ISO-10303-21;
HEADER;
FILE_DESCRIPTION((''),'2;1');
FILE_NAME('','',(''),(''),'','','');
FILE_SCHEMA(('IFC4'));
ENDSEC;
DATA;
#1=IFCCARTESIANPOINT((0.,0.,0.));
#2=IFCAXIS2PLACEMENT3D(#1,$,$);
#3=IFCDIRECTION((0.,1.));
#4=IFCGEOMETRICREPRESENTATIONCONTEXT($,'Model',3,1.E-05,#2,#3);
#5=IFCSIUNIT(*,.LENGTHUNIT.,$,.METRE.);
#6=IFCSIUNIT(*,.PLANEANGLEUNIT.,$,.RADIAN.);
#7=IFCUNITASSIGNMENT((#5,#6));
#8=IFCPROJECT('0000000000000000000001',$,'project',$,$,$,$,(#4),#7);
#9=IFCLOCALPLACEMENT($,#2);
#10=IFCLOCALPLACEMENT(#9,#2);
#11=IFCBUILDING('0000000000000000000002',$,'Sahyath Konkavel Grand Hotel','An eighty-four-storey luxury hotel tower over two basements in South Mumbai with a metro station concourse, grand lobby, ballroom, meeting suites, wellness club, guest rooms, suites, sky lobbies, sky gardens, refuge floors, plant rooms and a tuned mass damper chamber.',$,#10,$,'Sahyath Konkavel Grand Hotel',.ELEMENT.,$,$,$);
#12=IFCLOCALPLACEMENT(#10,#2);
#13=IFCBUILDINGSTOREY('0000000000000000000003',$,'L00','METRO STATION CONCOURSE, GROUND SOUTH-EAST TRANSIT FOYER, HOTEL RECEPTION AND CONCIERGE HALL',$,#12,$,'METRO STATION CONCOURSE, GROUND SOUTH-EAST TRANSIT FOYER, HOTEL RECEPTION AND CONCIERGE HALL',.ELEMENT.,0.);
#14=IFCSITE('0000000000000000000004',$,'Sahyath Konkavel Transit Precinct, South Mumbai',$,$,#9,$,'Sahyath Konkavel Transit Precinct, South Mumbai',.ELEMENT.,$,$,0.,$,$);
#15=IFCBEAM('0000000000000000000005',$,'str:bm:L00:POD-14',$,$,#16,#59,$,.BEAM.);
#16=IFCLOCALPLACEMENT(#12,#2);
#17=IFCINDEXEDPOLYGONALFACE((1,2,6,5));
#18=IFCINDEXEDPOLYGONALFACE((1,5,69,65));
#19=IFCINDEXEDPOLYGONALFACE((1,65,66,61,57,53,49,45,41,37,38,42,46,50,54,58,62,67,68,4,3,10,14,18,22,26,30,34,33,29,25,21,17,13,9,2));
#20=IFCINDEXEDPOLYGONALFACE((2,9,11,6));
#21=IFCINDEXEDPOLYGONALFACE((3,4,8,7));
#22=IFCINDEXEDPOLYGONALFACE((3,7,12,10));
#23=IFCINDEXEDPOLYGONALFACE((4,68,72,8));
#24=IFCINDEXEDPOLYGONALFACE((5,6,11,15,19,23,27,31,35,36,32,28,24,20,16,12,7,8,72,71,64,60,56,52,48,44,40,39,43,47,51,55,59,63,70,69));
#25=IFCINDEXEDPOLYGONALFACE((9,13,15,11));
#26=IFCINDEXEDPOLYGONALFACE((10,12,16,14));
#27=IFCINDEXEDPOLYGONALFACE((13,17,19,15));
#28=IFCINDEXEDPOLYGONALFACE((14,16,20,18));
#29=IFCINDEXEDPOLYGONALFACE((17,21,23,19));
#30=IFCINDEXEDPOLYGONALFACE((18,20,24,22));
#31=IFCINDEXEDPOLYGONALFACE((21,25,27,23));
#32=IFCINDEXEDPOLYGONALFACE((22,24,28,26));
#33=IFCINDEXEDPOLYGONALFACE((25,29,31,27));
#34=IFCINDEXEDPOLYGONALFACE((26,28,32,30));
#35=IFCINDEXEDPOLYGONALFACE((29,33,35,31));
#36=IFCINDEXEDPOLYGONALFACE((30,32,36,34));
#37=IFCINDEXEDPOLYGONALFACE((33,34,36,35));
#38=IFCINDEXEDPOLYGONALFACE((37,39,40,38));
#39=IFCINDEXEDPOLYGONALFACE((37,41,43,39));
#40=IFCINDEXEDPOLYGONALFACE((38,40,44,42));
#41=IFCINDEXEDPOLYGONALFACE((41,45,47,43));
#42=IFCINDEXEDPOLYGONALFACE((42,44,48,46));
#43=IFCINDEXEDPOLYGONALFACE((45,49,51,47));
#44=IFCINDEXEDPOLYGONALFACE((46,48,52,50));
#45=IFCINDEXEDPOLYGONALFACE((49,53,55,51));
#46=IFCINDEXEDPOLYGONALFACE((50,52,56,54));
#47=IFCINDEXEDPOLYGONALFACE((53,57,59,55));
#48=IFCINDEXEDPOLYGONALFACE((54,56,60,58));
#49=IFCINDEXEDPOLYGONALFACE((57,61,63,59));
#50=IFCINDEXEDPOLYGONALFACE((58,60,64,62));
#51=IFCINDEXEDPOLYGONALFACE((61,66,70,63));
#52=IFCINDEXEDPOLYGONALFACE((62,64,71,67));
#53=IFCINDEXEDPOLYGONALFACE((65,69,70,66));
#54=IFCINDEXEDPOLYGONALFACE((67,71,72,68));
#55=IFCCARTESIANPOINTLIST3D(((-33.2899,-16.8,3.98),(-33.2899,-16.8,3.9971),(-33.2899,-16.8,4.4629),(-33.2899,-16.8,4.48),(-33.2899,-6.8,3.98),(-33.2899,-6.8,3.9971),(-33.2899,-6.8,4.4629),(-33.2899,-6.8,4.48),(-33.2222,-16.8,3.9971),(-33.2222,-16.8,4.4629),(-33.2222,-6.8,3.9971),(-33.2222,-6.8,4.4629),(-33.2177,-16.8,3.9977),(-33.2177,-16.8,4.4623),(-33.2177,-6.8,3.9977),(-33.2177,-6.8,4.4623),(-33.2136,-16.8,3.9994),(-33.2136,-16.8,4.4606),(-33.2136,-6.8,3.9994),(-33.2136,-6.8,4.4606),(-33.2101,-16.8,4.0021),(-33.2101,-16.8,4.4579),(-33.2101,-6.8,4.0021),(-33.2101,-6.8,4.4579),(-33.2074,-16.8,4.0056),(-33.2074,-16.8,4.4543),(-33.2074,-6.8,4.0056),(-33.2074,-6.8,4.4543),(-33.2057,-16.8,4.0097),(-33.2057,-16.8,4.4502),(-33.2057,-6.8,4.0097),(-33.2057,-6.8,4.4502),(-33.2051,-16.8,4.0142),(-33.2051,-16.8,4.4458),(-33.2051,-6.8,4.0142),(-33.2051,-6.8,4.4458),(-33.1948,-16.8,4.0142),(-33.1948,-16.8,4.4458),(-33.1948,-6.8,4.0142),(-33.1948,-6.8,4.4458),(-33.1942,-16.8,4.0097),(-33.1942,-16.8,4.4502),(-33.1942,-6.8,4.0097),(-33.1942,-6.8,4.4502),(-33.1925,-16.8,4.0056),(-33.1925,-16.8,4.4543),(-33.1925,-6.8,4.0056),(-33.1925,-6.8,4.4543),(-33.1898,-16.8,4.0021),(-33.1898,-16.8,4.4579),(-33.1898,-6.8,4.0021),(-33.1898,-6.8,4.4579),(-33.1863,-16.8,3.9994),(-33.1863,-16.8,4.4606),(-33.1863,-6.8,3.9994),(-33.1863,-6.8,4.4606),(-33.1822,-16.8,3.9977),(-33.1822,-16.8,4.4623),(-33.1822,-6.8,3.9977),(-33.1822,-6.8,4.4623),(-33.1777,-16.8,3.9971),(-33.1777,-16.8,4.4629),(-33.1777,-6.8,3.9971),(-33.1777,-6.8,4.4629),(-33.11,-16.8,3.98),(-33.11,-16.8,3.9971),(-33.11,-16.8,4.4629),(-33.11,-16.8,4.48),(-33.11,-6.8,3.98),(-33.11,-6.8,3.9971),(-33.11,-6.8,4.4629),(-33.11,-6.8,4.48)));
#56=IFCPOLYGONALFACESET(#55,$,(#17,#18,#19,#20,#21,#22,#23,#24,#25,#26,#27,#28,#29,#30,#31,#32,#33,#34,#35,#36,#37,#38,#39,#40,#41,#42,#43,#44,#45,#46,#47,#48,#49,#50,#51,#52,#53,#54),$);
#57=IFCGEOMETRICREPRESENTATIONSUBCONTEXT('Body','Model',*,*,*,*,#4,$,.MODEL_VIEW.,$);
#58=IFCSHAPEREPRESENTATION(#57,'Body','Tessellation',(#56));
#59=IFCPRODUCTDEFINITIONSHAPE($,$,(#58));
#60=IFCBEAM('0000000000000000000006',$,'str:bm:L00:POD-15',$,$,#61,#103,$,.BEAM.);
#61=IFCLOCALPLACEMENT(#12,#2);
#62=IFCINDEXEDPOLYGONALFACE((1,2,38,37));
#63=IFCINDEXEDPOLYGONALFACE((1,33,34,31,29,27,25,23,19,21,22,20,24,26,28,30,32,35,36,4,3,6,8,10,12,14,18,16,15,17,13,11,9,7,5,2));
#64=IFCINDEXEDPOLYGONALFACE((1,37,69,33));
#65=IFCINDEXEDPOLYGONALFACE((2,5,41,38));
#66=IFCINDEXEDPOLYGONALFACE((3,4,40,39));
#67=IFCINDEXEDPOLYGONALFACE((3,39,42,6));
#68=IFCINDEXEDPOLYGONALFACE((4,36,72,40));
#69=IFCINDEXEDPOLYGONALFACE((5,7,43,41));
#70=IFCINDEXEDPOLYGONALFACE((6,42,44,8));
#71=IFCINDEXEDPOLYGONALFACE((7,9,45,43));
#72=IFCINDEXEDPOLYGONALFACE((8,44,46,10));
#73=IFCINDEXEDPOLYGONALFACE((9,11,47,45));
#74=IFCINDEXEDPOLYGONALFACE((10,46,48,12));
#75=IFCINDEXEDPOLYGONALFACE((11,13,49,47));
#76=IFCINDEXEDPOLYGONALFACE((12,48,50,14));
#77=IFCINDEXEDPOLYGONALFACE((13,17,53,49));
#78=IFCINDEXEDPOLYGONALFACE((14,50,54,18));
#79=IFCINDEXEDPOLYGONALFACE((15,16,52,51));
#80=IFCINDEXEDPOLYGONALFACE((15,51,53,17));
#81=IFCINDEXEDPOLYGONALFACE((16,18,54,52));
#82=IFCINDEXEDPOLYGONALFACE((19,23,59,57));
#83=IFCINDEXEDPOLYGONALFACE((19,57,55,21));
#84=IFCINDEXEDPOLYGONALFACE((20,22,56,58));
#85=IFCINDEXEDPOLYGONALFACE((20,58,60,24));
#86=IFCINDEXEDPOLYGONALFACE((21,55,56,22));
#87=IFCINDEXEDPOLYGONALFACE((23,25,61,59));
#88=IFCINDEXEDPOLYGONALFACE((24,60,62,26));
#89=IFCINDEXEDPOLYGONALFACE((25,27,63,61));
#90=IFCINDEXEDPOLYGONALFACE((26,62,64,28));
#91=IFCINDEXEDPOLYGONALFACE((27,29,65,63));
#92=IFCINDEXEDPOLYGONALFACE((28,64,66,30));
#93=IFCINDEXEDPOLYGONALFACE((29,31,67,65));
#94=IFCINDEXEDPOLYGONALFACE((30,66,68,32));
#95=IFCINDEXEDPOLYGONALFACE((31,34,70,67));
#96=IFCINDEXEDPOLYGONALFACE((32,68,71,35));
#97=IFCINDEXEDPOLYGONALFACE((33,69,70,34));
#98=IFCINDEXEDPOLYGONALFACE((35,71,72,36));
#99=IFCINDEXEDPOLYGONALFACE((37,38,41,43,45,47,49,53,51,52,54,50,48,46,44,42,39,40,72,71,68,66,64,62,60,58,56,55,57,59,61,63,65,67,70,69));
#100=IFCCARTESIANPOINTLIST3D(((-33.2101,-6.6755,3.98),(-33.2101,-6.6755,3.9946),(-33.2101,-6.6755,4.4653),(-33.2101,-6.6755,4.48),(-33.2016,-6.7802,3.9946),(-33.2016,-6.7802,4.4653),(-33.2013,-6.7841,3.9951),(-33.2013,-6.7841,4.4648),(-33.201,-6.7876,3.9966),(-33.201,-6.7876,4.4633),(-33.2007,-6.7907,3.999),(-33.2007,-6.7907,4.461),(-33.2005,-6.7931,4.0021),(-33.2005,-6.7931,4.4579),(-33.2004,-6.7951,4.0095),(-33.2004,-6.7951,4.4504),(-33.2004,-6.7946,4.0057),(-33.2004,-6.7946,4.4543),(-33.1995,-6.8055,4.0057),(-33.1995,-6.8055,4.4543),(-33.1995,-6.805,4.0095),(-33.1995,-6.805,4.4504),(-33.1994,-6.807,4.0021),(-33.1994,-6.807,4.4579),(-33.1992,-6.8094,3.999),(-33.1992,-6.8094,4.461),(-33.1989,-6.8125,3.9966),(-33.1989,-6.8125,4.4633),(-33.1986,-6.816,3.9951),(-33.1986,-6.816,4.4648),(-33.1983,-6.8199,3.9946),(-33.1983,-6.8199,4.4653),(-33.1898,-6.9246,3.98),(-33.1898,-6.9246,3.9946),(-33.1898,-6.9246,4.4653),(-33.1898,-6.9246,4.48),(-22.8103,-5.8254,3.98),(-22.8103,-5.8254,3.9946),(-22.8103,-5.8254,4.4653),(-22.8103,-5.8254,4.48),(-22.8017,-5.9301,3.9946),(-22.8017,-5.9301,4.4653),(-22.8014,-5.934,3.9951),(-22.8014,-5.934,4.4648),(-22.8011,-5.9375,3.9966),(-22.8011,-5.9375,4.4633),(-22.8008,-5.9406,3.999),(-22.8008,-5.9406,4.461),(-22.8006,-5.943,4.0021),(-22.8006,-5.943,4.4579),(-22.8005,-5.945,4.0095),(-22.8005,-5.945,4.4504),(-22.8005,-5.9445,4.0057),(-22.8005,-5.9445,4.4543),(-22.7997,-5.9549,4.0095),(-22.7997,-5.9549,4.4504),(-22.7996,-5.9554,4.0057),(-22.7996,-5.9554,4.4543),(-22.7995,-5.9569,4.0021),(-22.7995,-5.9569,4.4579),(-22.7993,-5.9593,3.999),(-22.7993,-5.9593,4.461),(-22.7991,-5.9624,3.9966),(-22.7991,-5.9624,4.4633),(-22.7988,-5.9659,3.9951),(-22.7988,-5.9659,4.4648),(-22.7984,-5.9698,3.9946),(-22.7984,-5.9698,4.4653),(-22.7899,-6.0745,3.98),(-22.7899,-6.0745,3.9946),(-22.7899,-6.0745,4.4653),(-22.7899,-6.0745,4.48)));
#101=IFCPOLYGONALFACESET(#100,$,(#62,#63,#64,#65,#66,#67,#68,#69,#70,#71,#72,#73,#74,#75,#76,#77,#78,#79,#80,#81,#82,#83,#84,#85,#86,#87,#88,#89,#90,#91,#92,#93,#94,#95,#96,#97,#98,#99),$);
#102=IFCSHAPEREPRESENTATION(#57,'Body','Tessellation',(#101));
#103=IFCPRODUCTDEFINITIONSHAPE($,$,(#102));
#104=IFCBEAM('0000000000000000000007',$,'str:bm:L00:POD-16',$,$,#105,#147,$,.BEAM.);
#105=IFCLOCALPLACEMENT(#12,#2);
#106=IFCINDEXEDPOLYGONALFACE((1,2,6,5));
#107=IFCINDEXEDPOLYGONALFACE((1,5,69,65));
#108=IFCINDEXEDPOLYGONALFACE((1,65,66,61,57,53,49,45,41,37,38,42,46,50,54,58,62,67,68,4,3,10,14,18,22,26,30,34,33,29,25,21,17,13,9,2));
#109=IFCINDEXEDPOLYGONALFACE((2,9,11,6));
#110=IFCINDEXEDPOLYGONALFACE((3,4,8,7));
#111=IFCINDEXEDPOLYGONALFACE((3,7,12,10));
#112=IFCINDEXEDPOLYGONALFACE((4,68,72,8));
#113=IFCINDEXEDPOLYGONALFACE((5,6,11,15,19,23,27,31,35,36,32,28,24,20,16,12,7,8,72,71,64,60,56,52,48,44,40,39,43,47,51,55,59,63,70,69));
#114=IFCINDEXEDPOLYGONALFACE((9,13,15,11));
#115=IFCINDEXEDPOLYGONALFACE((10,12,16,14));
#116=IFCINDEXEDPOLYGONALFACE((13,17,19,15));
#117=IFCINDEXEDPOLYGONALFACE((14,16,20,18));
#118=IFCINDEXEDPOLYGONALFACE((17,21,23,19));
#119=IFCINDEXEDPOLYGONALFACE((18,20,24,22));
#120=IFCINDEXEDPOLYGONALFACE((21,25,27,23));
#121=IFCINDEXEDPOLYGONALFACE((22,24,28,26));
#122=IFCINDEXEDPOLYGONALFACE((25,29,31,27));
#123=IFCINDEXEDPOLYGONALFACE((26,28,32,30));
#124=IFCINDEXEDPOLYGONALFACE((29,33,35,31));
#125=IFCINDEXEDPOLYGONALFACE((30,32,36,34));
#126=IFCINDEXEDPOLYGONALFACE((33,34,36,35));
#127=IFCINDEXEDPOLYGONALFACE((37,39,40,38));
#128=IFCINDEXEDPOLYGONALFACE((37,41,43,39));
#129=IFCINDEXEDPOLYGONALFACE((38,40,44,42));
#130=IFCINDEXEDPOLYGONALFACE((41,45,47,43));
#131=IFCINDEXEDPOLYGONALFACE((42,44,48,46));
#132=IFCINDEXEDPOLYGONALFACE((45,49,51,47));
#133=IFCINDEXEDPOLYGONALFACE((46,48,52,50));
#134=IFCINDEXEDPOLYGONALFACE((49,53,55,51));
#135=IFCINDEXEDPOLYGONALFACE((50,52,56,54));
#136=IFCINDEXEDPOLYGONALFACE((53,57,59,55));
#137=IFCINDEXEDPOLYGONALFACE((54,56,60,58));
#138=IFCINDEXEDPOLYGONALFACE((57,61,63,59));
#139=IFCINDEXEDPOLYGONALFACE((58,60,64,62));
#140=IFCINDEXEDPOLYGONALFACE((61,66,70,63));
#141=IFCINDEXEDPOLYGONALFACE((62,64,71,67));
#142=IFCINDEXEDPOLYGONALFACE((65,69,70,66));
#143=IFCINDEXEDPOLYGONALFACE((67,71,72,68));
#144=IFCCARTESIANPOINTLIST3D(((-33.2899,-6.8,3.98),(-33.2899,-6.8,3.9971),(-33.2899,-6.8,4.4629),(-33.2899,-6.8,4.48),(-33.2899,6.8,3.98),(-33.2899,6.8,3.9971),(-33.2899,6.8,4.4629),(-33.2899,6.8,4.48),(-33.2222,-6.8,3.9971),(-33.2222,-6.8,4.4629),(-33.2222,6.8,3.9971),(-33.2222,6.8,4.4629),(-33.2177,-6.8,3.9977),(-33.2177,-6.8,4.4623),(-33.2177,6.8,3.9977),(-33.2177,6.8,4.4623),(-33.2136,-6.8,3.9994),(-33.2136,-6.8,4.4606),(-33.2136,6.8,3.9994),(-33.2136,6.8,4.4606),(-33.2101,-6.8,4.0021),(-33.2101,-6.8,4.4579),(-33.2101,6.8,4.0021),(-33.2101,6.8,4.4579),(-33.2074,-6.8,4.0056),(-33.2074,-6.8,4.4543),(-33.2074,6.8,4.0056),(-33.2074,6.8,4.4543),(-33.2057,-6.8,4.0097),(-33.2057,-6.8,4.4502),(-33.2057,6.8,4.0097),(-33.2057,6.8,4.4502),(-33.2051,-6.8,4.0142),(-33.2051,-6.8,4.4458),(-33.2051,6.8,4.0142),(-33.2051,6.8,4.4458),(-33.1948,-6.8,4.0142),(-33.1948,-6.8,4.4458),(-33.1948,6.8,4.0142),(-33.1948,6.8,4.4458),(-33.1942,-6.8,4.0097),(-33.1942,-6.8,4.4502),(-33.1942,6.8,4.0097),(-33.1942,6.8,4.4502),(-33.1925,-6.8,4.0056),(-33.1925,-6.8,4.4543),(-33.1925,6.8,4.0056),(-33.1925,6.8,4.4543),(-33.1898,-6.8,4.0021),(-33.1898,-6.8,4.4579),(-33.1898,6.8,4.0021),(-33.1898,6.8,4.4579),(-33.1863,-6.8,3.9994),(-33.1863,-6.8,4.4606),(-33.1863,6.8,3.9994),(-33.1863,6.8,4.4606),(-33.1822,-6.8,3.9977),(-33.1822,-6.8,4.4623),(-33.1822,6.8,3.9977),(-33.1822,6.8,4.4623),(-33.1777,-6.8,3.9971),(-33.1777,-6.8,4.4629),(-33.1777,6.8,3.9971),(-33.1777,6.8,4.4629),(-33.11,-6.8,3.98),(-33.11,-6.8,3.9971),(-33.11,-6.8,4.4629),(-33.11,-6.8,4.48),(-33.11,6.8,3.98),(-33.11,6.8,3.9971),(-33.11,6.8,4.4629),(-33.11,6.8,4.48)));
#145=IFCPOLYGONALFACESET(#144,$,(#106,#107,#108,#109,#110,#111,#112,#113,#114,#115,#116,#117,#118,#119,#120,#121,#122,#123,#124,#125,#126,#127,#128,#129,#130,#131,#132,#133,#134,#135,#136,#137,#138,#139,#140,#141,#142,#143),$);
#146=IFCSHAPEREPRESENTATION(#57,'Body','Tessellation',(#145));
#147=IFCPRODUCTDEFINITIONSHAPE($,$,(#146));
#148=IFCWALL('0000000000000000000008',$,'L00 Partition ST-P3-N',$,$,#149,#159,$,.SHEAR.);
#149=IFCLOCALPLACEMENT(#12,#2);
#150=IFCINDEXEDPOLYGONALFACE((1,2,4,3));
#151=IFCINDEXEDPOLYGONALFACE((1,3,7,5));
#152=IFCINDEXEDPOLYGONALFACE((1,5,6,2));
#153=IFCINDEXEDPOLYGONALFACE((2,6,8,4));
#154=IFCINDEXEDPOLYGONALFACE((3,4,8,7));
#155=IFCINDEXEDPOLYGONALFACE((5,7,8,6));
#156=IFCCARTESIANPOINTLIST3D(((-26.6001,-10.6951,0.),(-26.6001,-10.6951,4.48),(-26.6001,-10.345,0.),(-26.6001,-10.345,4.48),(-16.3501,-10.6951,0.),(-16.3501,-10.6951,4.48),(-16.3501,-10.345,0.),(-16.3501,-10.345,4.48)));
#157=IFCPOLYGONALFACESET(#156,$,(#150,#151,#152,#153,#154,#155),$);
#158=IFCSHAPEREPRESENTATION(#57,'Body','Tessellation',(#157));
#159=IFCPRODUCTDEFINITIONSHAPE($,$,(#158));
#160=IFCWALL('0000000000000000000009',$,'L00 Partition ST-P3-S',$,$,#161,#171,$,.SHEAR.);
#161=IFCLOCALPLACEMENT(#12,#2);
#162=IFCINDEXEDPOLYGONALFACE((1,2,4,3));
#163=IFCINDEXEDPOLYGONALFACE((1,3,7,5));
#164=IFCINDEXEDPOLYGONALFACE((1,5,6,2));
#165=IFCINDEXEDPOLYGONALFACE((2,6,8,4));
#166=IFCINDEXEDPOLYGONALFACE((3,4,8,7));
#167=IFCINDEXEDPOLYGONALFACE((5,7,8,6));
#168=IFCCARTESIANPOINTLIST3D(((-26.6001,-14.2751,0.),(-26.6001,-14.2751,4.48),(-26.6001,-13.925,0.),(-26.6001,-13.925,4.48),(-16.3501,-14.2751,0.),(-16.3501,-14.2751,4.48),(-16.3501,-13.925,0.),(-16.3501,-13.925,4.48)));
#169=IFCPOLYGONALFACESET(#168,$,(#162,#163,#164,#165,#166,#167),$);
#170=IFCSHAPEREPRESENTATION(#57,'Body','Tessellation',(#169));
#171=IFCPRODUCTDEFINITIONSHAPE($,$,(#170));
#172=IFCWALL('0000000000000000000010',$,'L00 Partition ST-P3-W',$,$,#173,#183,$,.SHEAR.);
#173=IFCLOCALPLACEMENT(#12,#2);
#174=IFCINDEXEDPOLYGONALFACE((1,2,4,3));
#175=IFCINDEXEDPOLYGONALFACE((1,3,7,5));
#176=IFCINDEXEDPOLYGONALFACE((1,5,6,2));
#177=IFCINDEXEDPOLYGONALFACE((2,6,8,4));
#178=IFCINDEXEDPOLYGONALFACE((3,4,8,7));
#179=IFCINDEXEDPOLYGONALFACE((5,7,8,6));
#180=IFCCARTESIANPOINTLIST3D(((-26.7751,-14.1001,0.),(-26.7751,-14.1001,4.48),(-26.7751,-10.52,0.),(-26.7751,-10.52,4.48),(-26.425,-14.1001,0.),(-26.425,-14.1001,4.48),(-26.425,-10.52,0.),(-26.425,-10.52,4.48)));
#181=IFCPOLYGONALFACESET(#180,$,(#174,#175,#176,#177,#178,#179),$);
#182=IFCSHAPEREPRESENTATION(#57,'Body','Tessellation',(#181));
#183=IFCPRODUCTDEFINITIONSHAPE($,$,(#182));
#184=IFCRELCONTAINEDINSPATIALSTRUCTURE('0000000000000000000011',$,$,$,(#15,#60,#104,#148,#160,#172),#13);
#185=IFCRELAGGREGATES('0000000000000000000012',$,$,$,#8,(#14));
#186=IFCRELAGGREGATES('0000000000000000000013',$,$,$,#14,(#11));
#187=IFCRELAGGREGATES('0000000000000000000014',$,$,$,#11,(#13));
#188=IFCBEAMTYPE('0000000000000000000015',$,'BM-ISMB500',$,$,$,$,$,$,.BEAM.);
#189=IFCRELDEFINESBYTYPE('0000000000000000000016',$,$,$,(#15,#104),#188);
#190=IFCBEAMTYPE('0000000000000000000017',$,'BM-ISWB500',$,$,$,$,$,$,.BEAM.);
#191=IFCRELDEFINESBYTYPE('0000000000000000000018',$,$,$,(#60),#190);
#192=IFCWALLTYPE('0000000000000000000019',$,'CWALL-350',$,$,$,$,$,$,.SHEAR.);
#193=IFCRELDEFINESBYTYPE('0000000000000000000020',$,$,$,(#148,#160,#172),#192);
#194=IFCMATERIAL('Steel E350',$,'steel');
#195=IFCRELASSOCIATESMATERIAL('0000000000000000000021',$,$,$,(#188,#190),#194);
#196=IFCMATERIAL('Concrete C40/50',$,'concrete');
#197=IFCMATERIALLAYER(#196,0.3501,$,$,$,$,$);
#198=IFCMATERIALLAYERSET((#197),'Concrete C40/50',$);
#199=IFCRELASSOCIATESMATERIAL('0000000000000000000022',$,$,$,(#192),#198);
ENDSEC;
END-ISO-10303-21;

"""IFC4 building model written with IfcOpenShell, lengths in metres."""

from ifc_helpers import new_model, si_unit, direction, frame, frame_2d, origin, origin_2d, place, context, subcontext, project, spatial, rectangle, i_section, extrude, source, transform, mapped, material, layer, layer_set, material_profile, profile_set, type_object, element, save


model = new_model("IFC4")

# Units and contexts
model_context = context("Model", 3, precision=1e-05, world=origin(), true_north=direction((0.0, 1.0)))
body_context = subcontext(model_context, "Body", "Model", "MODEL_VIEW")
ifc_project = project(units=[si_unit("LENGTHUNIT", "METRE"), si_unit("PLANEANGLEUNIT", "RADIAN")], contexts=[model_context])

# Site, building, storey
site_placement = place(None, origin())
site = spatial("IfcSite", under=ifc_project, at=site_placement, Name="Sahyath Konkavel Transit Precinct, South Mumbai", LongName="Sahyath Konkavel Transit Precinct, South Mumbai", CompositionType="ELEMENT", RefElevation=0.0)
building_placement = place(site_placement, origin())
building = spatial("IfcBuilding", under=site, at=building_placement, Name="Sahyath Konkavel Grand Hotel", Description="An eighty-four-storey luxury hotel tower over two basements in South Mumbai with a metro station concourse, grand lobby, ballroom, meeting suites, wellness club, guest rooms, suites, sky lobbies, sky gardens, refuge floors, plant rooms and a tuned mass damper chamber.", LongName="Sahyath Konkavel Grand Hotel", CompositionType="ELEMENT")
storey_placement = place(building_placement, origin())
storey = spatial("IfcBuildingStorey", under=building, at=storey_placement, Name="L00", Description="METRO STATION CONCOURSE, GROUND SOUTH-EAST TRANSIT FOYER, HOTEL RECEPTION AND CONCIERGE HALL", LongName="METRO STATION CONCOURSE, GROUND SOUTH-EAST TRANSIT FOYER, HOTEL RECEPTION AND CONCIERGE HALL", CompositionType="ELEMENT", Elevation=0.0)

# Shared definitions
ifc_material_1 = material(Name="Steel E350", Category="steel")

# Beams
ifc_material_profile_1 = material_profile(ifc_material_1, i_section(OverallWidth=0.1799, OverallDepth=0.5, WebThickness=0.0103, FlangeThickness=0.0171, FilletRadius=0.0171, at=origin_2d()), Name="ISMB 500")
ifc_profile_set_1 = profile_set([ifc_material_profile_1], Name="Steel E350")
beam_type_1 = type_object("IfcBeamType", Name="BM-ISMB500", PredefinedType="BEAM", material=ifc_profile_set_1)
shared_shape_1 = source(origin(), body_context, "Body", "SweptSolid", [
    extrude(i_section(OverallWidth=0.1799, OverallDepth=0.5, WebThickness=0.0103, FlangeThickness=0.0171, FilletRadius=0.0171, at=origin_2d()), origin(), (0.0, 0.0, 1.0), 10.0),
])
beam_1_placement = place(storey_placement, frame((-33.2, -16.8, 4.23), z_axis=(0.0, 1.0, 0.0), x_axis=(-1.0, 0.0, 0.0)))
element("IfcBeam", 1, at=beam_1_placement, inside=storey, type_object=beam_type_1, Name="str:bm:L00:POD-14", PredefinedType="BEAM", context=body_context, shape_type="MappedRepresentation", body=[
    mapped(shared_shape_1, transform((0.0, 0.0, 0.0), scale=1.0)),
])
ifc_material_profile_2 = material_profile(ifc_material_1, i_section(OverallWidth=0.25, OverallDepth=0.5, WebThickness=0.01, FlangeThickness=0.0146, FilletRadius=0.0149, at=origin_2d()), Name="ISWB 500")
ifc_profile_set_2 = profile_set([ifc_material_profile_2], Name="Steel E350")
beam_type_2 = type_object("IfcBeamType", Name="BM-ISWB500", PredefinedType="BEAM", material=ifc_profile_set_2)
shared_shape_2 = source(origin(), body_context, "Body", "SweptSolid", [
    extrude(i_section(OverallWidth=0.25, OverallDepth=0.5, WebThickness=0.01, FlangeThickness=0.0146, FilletRadius=0.0149, at=origin_2d()), origin(), (0.0, 0.0, 1.0), 10.4346),
])
beam_2_placement = place(storey_placement, frame((-33.2, -6.8, 4.23), z_axis=(0.996676, 0.081469, 0.0), x_axis=(-0.081469, 0.996676, 0.0)))
element("IfcBeam", 2, at=beam_2_placement, inside=storey, type_object=beam_type_2, Name="str:bm:L00:POD-15", PredefinedType="BEAM", context=body_context, shape_type="MappedRepresentation", body=[
    mapped(shared_shape_2, transform((0.0, 0.0, 0.0), scale=1.0)),
])
shared_shape_3 = source(origin(), body_context, "Body", "SweptSolid", [
    extrude(i_section(OverallWidth=0.1799, OverallDepth=0.5, WebThickness=0.0103, FlangeThickness=0.0171, FilletRadius=0.0171, at=origin_2d()), origin(), (0.0, 0.0, 1.0), 13.6001),
])
beam_3_placement = place(storey_placement, frame((-33.2, -6.8, 4.23), z_axis=(0.0, 1.0, 0.0), x_axis=(-1.0, 0.0, 0.0)))
element("IfcBeam", 3, at=beam_3_placement, inside=storey, type_object=beam_type_1, Name="str:bm:L00:POD-16", PredefinedType="BEAM", context=body_context, shape_type="MappedRepresentation", body=[
    mapped(shared_shape_3, transform((0.0, 0.0, 0.0), scale=1.0)),
])

# Walls
ifc_material_2 = material(Name="Concrete C40/50", Category="concrete")
ifc_layer_1 = layer(ifc_material_2, 0.3501)
ifc_layer_set_1 = layer_set([ifc_layer_1], Name="Concrete C40/50")
wall_type_1 = type_object("IfcWallType", Name="CWALL-350", PredefinedType="SHEAR", material=ifc_layer_set_1)
for number, where, z_axis, x_axis, name in (
    (4, (-26.6001, -10.52, 0.0), (0.0, 0.0, 1.0), (1.0, 0.0, 0.0), "L00 Partition ST-P3-N"),
    (5, (-26.6001, -14.1001, 0.0), (0.0, 0.0, 1.0), (1.0, 0.0, 0.0), "L00 Partition ST-P3-S"),
):
    element("IfcWall", number, at=place(storey_placement, frame(where, z_axis=z_axis, x_axis=x_axis)), inside=storey, type_object=wall_type_1, Name=name, PredefinedType="SHEAR", context=body_context, shape_type="SweptSolid", body=[
        extrude(rectangle(XDim=10.25, YDim=0.3501, at=frame_2d((5.125, 0.0))), origin(), (0.0, 0.0, 1.0), 4.48),
    ])
wall_1_placement = place(storey_placement, frame((-26.6001, -14.1001, 0.0), z_axis=(0.0, 0.0, 1.0), x_axis=(0.0, 1.0, 0.0)))
element("IfcWall", 6, at=wall_1_placement, inside=storey, type_object=wall_type_1, Name="L00 Partition ST-P3-W", PredefinedType="SHEAR", context=body_context, shape_type="SweptSolid", body=[
    extrude(rectangle(XDim=3.5801, YDim=0.3501, at=frame_2d((1.79, 0.0))), origin(), (0.0, 0.0, 1.0), 4.48),
])

save(model, "model.ifc")
